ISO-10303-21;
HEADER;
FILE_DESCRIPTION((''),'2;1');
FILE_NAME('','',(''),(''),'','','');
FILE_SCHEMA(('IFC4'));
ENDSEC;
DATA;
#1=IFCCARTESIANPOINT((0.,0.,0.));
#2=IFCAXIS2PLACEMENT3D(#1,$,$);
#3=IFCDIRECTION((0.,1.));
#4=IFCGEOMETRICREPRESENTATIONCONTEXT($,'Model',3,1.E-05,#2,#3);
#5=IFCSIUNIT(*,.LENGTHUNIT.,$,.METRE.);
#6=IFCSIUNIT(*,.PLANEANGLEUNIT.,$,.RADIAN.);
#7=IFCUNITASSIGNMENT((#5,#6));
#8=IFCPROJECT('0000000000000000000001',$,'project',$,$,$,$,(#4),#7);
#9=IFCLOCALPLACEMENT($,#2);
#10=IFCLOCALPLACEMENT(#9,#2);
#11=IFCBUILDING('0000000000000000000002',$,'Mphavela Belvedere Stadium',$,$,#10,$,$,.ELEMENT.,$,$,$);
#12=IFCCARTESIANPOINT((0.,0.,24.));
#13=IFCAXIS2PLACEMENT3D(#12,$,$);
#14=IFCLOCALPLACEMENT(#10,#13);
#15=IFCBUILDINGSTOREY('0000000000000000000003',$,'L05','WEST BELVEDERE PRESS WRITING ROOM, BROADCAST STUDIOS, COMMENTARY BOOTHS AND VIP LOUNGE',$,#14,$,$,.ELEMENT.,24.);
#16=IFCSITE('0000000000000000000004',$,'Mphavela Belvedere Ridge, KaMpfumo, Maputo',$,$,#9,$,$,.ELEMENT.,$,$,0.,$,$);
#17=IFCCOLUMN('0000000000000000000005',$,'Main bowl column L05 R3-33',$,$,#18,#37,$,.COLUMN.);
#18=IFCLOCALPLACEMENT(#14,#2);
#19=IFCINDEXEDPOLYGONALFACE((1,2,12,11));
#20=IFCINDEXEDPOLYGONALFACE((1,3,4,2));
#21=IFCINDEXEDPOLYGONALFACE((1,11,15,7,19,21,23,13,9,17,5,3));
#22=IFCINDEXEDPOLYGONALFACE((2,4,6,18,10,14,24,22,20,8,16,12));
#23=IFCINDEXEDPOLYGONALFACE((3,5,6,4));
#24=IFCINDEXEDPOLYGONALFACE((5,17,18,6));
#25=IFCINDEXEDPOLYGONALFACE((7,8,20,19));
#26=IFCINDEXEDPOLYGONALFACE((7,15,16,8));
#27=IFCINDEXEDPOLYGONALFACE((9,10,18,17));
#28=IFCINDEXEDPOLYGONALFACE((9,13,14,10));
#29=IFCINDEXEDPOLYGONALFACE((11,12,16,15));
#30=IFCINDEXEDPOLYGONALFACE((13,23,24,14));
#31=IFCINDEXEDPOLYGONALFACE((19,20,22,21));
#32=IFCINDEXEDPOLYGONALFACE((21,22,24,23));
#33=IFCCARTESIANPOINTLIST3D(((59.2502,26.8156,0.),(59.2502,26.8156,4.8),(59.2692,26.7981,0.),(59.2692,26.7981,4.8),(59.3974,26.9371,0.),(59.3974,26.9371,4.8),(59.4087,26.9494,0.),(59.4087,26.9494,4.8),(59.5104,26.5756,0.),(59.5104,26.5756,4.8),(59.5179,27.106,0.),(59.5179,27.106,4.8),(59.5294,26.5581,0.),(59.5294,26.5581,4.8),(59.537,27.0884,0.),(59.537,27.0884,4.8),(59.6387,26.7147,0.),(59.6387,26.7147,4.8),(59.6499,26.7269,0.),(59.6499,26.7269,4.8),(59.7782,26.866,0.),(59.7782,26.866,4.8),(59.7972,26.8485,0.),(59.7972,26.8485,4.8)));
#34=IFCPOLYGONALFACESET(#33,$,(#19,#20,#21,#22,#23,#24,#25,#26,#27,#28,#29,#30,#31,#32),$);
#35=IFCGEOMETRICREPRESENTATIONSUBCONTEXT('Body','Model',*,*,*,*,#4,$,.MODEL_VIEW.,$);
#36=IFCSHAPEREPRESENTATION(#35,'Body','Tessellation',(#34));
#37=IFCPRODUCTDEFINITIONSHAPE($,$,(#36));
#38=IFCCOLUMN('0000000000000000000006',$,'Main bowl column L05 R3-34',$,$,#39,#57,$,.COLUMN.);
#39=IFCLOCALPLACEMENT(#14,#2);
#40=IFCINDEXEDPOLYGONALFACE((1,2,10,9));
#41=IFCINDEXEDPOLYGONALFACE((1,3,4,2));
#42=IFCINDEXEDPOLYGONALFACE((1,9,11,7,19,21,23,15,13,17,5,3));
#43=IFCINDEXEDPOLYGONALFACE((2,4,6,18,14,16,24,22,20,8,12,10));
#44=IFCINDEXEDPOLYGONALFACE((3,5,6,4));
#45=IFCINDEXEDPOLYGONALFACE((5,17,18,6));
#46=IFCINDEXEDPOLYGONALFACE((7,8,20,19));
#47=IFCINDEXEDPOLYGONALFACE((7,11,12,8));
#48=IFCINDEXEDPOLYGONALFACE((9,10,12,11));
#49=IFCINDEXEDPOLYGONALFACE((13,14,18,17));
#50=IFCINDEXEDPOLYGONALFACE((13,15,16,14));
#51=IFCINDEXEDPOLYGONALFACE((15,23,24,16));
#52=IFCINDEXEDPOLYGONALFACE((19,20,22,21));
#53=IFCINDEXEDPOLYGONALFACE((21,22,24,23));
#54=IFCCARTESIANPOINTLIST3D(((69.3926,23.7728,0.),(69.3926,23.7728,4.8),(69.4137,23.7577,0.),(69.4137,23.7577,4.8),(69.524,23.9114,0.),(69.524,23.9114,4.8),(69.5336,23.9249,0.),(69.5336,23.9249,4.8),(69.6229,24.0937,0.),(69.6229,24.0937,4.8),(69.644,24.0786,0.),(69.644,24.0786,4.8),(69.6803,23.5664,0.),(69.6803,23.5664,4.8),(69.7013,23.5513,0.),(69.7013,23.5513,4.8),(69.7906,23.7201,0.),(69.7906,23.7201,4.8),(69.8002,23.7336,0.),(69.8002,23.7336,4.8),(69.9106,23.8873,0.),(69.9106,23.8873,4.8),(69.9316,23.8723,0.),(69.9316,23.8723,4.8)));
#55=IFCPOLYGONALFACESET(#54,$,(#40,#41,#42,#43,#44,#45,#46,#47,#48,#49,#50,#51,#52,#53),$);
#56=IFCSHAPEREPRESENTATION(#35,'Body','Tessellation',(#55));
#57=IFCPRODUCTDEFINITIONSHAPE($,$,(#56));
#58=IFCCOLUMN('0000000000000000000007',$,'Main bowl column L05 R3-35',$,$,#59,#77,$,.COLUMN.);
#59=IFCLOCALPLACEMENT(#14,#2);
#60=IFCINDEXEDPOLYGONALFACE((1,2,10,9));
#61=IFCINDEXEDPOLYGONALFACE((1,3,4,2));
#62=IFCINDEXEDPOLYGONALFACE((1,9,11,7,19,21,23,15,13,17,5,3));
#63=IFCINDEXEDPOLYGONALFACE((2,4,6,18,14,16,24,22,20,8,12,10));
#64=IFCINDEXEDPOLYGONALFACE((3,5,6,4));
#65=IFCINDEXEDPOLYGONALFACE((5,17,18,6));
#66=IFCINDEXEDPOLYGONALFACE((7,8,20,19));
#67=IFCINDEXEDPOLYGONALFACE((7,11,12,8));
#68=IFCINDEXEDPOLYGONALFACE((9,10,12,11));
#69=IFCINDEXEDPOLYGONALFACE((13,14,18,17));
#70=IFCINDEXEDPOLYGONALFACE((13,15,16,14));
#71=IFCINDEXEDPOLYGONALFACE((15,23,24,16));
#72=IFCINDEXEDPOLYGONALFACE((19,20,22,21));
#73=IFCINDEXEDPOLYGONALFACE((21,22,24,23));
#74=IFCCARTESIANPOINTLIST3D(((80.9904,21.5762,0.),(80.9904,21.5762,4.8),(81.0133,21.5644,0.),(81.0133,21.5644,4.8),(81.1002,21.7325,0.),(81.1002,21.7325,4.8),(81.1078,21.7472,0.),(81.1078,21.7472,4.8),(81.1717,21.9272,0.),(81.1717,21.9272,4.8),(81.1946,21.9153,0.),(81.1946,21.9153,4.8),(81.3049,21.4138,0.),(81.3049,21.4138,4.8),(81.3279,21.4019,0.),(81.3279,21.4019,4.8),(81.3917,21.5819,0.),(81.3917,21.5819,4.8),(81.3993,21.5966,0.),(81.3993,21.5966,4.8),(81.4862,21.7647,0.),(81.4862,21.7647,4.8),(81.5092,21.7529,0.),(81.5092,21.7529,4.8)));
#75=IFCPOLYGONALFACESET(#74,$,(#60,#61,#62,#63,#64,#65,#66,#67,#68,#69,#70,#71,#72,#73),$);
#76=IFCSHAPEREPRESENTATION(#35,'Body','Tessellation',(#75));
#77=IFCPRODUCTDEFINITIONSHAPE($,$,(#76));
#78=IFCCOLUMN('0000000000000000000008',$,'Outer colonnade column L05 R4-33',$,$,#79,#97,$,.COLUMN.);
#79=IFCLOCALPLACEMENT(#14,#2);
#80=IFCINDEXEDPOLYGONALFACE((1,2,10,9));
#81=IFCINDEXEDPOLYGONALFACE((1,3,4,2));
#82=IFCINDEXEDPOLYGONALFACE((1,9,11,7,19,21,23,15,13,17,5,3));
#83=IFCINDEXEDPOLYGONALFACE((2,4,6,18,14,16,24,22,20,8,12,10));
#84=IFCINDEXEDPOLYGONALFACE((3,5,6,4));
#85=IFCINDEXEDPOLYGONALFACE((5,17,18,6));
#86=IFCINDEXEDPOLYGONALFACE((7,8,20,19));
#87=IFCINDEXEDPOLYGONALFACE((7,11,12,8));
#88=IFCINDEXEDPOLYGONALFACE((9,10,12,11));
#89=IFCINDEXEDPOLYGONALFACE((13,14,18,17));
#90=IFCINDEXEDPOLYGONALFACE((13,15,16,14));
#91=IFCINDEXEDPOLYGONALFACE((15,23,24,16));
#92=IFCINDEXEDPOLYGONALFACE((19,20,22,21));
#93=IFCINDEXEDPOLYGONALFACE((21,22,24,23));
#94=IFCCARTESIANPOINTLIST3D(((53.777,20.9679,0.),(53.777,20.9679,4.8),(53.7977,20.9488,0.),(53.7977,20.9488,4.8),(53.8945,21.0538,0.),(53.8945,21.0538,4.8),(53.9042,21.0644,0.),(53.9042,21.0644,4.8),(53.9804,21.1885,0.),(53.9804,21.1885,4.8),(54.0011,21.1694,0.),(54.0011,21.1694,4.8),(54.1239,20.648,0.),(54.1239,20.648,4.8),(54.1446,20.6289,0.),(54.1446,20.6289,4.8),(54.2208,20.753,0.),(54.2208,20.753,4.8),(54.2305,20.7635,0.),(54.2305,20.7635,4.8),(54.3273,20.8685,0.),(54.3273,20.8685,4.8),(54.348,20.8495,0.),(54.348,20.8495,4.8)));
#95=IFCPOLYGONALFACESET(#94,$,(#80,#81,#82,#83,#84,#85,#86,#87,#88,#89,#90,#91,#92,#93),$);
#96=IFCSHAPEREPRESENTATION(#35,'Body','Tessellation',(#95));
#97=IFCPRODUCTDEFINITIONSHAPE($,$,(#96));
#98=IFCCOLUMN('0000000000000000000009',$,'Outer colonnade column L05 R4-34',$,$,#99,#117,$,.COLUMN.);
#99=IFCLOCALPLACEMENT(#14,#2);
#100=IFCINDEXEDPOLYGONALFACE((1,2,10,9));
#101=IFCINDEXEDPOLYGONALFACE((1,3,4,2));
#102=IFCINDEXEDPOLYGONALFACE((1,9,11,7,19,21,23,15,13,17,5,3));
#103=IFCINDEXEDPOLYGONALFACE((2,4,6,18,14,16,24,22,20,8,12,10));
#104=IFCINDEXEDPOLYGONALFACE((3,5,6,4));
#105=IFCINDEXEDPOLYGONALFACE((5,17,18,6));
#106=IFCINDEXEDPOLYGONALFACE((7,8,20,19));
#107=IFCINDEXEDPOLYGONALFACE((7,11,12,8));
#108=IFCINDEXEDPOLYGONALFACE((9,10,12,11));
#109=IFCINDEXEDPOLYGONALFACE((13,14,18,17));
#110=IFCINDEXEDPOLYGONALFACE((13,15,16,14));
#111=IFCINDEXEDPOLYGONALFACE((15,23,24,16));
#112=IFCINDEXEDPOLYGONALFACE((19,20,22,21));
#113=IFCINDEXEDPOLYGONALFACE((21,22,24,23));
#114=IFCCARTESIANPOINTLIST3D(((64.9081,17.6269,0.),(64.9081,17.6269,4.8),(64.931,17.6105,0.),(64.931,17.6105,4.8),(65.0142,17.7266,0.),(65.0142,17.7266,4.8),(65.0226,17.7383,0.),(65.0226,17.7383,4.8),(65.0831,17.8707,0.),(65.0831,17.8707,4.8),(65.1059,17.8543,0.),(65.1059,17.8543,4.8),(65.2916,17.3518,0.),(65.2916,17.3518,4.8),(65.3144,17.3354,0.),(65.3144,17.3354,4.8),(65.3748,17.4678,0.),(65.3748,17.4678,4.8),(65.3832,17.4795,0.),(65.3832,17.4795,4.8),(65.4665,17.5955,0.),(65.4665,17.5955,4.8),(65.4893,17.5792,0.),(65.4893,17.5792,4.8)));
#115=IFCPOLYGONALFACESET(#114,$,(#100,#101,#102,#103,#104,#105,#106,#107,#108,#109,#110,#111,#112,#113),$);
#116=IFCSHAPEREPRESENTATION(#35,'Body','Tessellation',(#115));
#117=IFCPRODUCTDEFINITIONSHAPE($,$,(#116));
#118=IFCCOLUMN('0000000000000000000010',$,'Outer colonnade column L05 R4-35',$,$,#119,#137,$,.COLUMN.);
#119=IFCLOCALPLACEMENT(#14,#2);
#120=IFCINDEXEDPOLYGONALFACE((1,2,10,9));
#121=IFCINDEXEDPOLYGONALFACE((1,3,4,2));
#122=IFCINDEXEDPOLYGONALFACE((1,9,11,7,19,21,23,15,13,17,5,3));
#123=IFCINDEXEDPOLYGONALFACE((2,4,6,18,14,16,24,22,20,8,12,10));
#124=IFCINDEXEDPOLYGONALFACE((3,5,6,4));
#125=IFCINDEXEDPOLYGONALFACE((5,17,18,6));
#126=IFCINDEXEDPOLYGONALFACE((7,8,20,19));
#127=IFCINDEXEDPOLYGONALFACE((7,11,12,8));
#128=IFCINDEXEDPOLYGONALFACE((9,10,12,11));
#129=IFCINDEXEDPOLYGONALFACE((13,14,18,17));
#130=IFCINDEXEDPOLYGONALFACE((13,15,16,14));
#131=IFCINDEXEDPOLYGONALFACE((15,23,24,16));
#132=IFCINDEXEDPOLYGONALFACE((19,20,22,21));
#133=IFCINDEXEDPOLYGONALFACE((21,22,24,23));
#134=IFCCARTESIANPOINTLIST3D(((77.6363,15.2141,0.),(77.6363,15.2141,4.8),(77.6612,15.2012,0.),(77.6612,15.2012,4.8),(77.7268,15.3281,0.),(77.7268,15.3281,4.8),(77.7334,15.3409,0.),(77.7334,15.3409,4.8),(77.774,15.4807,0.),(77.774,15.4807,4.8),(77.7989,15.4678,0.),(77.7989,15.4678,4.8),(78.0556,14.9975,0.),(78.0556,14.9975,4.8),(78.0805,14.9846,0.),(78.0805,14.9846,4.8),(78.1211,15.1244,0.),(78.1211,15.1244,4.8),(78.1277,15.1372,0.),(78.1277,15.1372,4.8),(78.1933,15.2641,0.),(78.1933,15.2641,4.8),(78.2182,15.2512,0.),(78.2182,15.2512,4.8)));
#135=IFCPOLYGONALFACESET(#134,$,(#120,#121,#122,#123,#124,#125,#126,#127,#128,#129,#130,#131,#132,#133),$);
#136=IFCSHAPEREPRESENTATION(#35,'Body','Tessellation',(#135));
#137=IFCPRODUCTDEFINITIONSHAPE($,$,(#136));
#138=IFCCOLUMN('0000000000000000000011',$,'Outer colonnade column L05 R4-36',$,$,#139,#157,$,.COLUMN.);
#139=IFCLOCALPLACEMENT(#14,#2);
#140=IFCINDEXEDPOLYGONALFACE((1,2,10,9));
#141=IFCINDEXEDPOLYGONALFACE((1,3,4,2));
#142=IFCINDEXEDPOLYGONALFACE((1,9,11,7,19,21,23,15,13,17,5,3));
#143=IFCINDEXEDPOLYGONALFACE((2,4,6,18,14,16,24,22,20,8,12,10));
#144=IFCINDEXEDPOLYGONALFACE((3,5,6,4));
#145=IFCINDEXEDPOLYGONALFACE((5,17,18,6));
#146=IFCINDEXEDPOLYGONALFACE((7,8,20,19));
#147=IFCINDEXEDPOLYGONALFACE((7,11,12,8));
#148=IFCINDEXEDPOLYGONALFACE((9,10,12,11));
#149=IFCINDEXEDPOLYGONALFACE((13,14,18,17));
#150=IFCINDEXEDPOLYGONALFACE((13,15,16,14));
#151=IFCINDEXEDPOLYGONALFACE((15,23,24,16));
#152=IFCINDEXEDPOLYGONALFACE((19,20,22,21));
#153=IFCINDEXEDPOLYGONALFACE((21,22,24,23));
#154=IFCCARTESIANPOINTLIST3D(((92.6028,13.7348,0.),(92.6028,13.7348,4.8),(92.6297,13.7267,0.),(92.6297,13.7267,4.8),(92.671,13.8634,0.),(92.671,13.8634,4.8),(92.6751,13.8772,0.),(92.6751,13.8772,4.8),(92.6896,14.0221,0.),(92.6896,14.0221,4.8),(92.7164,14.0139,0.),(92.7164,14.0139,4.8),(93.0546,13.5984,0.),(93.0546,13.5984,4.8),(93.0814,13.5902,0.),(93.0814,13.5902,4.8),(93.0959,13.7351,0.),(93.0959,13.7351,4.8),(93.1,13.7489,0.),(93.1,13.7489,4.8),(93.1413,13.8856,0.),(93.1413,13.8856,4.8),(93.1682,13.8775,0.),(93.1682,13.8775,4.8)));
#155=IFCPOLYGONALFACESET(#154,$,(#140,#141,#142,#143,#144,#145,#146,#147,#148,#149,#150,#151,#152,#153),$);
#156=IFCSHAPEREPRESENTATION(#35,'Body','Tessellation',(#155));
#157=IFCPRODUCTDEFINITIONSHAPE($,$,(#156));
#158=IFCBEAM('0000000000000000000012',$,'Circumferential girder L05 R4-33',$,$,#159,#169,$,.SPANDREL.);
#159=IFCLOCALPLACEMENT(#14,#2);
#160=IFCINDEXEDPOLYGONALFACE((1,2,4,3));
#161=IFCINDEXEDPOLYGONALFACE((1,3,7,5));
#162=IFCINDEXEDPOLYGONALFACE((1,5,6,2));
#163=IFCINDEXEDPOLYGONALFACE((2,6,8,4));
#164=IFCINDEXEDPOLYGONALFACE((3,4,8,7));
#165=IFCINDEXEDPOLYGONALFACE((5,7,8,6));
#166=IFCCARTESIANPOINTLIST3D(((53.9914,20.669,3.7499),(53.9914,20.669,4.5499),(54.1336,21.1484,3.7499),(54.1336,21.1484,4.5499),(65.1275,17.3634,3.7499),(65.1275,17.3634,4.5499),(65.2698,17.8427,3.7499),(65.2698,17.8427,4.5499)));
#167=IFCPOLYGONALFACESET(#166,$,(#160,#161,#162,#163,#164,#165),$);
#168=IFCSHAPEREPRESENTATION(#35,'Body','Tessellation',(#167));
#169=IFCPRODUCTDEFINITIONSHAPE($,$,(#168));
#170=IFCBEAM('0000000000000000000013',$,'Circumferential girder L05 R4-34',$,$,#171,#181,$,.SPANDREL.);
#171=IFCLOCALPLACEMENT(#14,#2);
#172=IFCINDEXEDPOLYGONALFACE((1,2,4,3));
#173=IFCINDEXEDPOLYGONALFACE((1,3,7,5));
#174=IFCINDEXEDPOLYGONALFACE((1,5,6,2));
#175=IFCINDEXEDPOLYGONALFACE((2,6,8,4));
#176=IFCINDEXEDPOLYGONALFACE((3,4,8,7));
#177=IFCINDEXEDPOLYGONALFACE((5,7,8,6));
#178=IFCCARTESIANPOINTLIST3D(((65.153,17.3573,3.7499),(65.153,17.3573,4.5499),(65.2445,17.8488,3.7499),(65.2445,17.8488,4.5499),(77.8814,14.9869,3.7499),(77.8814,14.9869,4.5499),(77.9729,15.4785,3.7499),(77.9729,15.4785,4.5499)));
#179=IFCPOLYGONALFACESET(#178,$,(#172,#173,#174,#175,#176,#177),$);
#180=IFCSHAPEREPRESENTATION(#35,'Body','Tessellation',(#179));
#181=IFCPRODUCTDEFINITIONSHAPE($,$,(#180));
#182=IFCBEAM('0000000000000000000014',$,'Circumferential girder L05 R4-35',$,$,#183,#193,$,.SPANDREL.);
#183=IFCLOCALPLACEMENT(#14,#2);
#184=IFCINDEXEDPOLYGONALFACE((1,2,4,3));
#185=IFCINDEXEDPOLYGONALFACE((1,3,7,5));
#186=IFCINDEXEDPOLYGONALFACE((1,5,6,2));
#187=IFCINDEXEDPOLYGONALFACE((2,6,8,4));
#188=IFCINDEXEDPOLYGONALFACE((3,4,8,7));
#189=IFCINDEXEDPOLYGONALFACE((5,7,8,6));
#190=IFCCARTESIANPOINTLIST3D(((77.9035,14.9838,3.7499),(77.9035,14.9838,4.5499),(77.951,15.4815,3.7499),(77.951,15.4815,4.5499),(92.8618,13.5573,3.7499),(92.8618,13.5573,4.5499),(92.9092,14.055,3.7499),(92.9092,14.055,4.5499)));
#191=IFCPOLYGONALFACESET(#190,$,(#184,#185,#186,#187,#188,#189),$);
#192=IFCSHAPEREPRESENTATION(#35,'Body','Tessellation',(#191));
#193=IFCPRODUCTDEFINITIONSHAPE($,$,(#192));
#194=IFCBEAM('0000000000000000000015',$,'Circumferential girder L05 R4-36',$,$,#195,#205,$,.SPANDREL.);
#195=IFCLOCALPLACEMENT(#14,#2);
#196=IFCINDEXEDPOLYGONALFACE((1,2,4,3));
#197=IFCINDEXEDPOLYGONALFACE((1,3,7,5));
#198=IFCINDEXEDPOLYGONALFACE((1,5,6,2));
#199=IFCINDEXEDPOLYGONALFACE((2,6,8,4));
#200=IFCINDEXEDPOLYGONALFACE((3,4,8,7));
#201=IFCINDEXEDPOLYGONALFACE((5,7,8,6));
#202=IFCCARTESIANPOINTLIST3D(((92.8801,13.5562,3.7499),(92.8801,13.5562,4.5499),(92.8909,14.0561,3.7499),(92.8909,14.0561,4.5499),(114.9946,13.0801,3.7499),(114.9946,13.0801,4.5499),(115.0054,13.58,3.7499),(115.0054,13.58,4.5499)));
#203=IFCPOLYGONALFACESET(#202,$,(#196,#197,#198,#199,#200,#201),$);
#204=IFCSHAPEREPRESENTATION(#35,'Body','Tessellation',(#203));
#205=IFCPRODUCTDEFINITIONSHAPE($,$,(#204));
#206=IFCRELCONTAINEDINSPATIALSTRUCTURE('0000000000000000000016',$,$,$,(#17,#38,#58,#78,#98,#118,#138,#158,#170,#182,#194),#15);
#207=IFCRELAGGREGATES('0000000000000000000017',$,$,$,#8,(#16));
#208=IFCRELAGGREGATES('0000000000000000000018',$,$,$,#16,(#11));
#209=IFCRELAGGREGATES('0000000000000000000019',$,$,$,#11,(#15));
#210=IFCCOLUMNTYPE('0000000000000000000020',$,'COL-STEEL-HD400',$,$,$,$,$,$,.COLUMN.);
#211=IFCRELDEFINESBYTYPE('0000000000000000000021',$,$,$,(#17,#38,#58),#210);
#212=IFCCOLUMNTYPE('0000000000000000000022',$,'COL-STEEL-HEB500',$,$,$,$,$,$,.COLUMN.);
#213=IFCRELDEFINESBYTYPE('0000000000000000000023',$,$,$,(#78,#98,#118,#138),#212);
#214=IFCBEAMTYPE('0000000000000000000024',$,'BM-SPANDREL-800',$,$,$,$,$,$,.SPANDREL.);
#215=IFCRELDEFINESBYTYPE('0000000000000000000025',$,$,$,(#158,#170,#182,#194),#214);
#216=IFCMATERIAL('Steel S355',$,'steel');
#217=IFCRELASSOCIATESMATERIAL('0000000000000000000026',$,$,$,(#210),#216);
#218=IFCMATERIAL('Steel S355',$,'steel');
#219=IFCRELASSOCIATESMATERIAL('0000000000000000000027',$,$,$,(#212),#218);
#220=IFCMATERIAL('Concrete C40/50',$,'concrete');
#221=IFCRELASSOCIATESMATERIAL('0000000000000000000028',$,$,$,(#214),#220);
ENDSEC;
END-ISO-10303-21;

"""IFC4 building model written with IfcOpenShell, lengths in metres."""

from ifc_helpers import new_model, si_unit, direction, frame, origin, origin_2d, place, context, subcontext, project, spatial, rectangle, i_section, extrude, material, material_profile, profile_set, type_object, element, save


model = new_model("IFC4")

# Units and contexts
model_context = context("Model", 3, precision=1e-05, world=origin(), true_north=direction((0.0, 1.0)))
body_context = subcontext(model_context, "Body", "Model", "MODEL_VIEW")
ifc_project = project(units=[si_unit("LENGTHUNIT", "METRE"), si_unit("PLANEANGLEUNIT", "RADIAN")], contexts=[model_context])

# Site, building, storey
site_placement = place(None, origin())
site = spatial("IfcSite", under=ifc_project, at=site_placement, Name="Mphavela Belvedere Ridge, KaMpfumo, Maputo", CompositionType="ELEMENT", RefElevation=0.0)
building_placement = place(site_placement, origin())
building = spatial("IfcBuilding", under=site, at=building_placement, Name="Mphavela Belvedere Stadium", CompositionType="ELEMENT")
storey_placement = place(building_placement, frame((0.0, 0.0, 24.0)))
storey = spatial("IfcBuildingStorey", under=building, at=storey_placement, Name="L05", Description="WEST BELVEDERE PRESS WRITING ROOM, BROADCAST STUDIOS, COMMENTARY BOOTHS AND VIP LOUNGE", CompositionType="ELEMENT", Elevation=24.0)

# Columns
ifc_material_1 = material(Name="Steel S355", Category="steel")
ifc_material_profile_1 = material_profile(ifc_material_1, i_section(OverallWidth=0.395, OverallDepth=0.3799, WebThickness=0.0166, FlangeThickness=0.0259, at=origin_2d()), Name="HD 400x237")
ifc_profile_set_1 = profile_set([ifc_material_profile_1], Name="Steel S355")
column_type_1 = type_object("IfcColumnType", Name="COL-STEEL-HD400", PredefinedType="COLUMN", material=ifc_profile_set_1)
for number, where, z_axis, x_axis, name in (
    (1, (59.5237, 26.832, 0.0), (0.0, 0.0, 1.0), (-0.677903, -0.735151, 0.0), "Main bowl column L05 R3-33"),
    (2, (69.6621, 23.8225, 0.0), (0.0, 0.0, 1.0), (-0.582974, -0.812491, 0.0), "Main bowl column L05 R3-34"),
    (3, (81.2498, 21.6646, 0.0), (0.0, 0.0, 1.0), (-0.45896, -0.888457, 0.0), "Main bowl column L05 R3-35"),
):
    element("IfcColumn", number, at=place(storey_placement, frame(where, z_axis=z_axis, x_axis=x_axis)), inside=storey, type_object=column_type_1, Name=name, PredefinedType="COLUMN", context=body_context, shape_type="SweptSolid", body=[
        extrude(i_section(OverallWidth=0.395, OverallDepth=0.3799, WebThickness=0.0166, FlangeThickness=0.0259, at=origin_2d()), origin(), (0.0, 0.0, 1.0), 4.8),
    ])
ifc_material_2 = material(Name="Steel S355", Category="steel")
ifc_material_profile_2 = material_profile(ifc_material_2, i_section(OverallWidth=0.3, OverallDepth=0.5, WebThickness=0.0144, FlangeThickness=0.0281, at=origin_2d()), Name="HEB 500")
ifc_profile_set_2 = profile_set([ifc_material_profile_2], Name="Steel S355")
column_type_2 = type_object("IfcColumnType", Name="COL-STEEL-HEB500", PredefinedType="COLUMN", material=ifc_profile_set_2)
for number, where, z_axis, x_axis, name in (
    (4, (54.0625, 20.9087, 0.0), (0.0, 0.0, 1.0), (-0.677903, -0.735151, 0.0), "Outer colonnade column L05 R4-33"),
    (5, (65.1987, 17.603, 0.0), (0.0, 0.0, 1.0), (-0.582974, -0.812491, 0.0), "Outer colonnade column L05 R4-34"),
    (6, (77.9272, 15.2327, 0.0), (0.0, 0.0, 1.0), (-0.45896, -0.888457, 0.0), "Outer colonnade column L05 R4-35"),
    (7, (92.8855, 13.8062, 0.0), (0.0, 0.0, 1.0), (-0.289199, -0.957269, 0.0), "Outer colonnade column L05 R4-36"),
):
    element("IfcColumn", number, at=place(storey_placement, frame(where, z_axis=z_axis, x_axis=x_axis)), inside=storey, type_object=column_type_2, Name=name, PredefinedType="COLUMN", context=body_context, shape_type="SweptSolid", body=[
        extrude(i_section(OverallWidth=0.3, OverallDepth=0.5, WebThickness=0.0144, FlangeThickness=0.0281, at=origin_2d()), origin(), (0.0, 0.0, 1.0), 4.8),
    ])

# Beams
ifc_material_3 = material(Name="Concrete C40/50", Category="concrete")
ifc_material_profile_3 = material_profile(ifc_material_3, rectangle(XDim=0.5, YDim=0.8, at=origin_2d()), Name="RC 500x800")
ifc_profile_set_3 = profile_set([ifc_material_profile_3], Name="Concrete C40/50")
beam_type_1 = type_object("IfcBeamType", Name="BM-SPANDREL-800", PredefinedType="SPANDREL", material=ifc_profile_set_3)
beam_1_placement = place(storey_placement, frame((54.0625, 20.9087, 4.1499), z_axis=(0.958656, -0.284566, 0.0), x_axis=(0.284566, 0.958656, 0.0)))
element("IfcBeam", 8, at=beam_1_placement, inside=storey, type_object=beam_type_1, Name="Circumferential girder L05 R4-33", PredefinedType="SPANDREL", context=body_context, shape_type="SweptSolid", body=[
    extrude(rectangle(XDim=0.5, YDim=0.8, at=origin_2d()), origin(), (0.0, 0.0, 1.0), 11.6165),
])
beam_2_placement = place(storey_placement, frame((65.1987, 17.603, 4.1499), z_axis=(0.983099, -0.183077, 0.0), x_axis=(0.183077, 0.983099, 0.0)))
element("IfcBeam", 9, at=beam_2_placement, inside=storey, type_object=beam_type_1, Name="Circumferential girder L05 R4-34", PredefinedType="SPANDREL", context=body_context, shape_type="SweptSolid", body=[
    extrude(rectangle(XDim=0.5, YDim=0.8, at=origin_2d()), origin(), (0.0, 0.0, 1.0), 12.9473),
])
beam_3_placement = place(storey_placement, frame((77.9272, 15.2327, 4.1499), z_axis=(0.995483, -0.094936, 0.0), x_axis=(0.094936, 0.995483, 0.0)))
element("IfcBeam", 10, at=beam_3_placement, inside=storey, type_object=beam_type_1, Name="Circumferential girder L05 R4-35", PredefinedType="SPANDREL", context=body_context, shape_type="SweptSolid", body=[
    extrude(rectangle(XDim=0.5, YDim=0.8, at=origin_2d()), origin(), (0.0, 0.0, 1.0), 15.0261),
])
beam_4_placement = place(storey_placement, frame((92.8855, 13.8062, 4.1499), z_axis=(0.999768, -0.021523, 0.0), x_axis=(0.021523, 0.999768, 0.0)))
element("IfcBeam", 11, at=beam_4_placement, inside=storey, type_object=beam_type_1, Name="Circumferential girder L05 R4-36", PredefinedType="SPANDREL", context=body_context, shape_type="SweptSolid", body=[
    extrude(rectangle(XDim=0.5, YDim=0.8, at=origin_2d()), origin(), (0.0, 0.0, 1.0), 22.1196),
])

save(model, "model.ifc")
